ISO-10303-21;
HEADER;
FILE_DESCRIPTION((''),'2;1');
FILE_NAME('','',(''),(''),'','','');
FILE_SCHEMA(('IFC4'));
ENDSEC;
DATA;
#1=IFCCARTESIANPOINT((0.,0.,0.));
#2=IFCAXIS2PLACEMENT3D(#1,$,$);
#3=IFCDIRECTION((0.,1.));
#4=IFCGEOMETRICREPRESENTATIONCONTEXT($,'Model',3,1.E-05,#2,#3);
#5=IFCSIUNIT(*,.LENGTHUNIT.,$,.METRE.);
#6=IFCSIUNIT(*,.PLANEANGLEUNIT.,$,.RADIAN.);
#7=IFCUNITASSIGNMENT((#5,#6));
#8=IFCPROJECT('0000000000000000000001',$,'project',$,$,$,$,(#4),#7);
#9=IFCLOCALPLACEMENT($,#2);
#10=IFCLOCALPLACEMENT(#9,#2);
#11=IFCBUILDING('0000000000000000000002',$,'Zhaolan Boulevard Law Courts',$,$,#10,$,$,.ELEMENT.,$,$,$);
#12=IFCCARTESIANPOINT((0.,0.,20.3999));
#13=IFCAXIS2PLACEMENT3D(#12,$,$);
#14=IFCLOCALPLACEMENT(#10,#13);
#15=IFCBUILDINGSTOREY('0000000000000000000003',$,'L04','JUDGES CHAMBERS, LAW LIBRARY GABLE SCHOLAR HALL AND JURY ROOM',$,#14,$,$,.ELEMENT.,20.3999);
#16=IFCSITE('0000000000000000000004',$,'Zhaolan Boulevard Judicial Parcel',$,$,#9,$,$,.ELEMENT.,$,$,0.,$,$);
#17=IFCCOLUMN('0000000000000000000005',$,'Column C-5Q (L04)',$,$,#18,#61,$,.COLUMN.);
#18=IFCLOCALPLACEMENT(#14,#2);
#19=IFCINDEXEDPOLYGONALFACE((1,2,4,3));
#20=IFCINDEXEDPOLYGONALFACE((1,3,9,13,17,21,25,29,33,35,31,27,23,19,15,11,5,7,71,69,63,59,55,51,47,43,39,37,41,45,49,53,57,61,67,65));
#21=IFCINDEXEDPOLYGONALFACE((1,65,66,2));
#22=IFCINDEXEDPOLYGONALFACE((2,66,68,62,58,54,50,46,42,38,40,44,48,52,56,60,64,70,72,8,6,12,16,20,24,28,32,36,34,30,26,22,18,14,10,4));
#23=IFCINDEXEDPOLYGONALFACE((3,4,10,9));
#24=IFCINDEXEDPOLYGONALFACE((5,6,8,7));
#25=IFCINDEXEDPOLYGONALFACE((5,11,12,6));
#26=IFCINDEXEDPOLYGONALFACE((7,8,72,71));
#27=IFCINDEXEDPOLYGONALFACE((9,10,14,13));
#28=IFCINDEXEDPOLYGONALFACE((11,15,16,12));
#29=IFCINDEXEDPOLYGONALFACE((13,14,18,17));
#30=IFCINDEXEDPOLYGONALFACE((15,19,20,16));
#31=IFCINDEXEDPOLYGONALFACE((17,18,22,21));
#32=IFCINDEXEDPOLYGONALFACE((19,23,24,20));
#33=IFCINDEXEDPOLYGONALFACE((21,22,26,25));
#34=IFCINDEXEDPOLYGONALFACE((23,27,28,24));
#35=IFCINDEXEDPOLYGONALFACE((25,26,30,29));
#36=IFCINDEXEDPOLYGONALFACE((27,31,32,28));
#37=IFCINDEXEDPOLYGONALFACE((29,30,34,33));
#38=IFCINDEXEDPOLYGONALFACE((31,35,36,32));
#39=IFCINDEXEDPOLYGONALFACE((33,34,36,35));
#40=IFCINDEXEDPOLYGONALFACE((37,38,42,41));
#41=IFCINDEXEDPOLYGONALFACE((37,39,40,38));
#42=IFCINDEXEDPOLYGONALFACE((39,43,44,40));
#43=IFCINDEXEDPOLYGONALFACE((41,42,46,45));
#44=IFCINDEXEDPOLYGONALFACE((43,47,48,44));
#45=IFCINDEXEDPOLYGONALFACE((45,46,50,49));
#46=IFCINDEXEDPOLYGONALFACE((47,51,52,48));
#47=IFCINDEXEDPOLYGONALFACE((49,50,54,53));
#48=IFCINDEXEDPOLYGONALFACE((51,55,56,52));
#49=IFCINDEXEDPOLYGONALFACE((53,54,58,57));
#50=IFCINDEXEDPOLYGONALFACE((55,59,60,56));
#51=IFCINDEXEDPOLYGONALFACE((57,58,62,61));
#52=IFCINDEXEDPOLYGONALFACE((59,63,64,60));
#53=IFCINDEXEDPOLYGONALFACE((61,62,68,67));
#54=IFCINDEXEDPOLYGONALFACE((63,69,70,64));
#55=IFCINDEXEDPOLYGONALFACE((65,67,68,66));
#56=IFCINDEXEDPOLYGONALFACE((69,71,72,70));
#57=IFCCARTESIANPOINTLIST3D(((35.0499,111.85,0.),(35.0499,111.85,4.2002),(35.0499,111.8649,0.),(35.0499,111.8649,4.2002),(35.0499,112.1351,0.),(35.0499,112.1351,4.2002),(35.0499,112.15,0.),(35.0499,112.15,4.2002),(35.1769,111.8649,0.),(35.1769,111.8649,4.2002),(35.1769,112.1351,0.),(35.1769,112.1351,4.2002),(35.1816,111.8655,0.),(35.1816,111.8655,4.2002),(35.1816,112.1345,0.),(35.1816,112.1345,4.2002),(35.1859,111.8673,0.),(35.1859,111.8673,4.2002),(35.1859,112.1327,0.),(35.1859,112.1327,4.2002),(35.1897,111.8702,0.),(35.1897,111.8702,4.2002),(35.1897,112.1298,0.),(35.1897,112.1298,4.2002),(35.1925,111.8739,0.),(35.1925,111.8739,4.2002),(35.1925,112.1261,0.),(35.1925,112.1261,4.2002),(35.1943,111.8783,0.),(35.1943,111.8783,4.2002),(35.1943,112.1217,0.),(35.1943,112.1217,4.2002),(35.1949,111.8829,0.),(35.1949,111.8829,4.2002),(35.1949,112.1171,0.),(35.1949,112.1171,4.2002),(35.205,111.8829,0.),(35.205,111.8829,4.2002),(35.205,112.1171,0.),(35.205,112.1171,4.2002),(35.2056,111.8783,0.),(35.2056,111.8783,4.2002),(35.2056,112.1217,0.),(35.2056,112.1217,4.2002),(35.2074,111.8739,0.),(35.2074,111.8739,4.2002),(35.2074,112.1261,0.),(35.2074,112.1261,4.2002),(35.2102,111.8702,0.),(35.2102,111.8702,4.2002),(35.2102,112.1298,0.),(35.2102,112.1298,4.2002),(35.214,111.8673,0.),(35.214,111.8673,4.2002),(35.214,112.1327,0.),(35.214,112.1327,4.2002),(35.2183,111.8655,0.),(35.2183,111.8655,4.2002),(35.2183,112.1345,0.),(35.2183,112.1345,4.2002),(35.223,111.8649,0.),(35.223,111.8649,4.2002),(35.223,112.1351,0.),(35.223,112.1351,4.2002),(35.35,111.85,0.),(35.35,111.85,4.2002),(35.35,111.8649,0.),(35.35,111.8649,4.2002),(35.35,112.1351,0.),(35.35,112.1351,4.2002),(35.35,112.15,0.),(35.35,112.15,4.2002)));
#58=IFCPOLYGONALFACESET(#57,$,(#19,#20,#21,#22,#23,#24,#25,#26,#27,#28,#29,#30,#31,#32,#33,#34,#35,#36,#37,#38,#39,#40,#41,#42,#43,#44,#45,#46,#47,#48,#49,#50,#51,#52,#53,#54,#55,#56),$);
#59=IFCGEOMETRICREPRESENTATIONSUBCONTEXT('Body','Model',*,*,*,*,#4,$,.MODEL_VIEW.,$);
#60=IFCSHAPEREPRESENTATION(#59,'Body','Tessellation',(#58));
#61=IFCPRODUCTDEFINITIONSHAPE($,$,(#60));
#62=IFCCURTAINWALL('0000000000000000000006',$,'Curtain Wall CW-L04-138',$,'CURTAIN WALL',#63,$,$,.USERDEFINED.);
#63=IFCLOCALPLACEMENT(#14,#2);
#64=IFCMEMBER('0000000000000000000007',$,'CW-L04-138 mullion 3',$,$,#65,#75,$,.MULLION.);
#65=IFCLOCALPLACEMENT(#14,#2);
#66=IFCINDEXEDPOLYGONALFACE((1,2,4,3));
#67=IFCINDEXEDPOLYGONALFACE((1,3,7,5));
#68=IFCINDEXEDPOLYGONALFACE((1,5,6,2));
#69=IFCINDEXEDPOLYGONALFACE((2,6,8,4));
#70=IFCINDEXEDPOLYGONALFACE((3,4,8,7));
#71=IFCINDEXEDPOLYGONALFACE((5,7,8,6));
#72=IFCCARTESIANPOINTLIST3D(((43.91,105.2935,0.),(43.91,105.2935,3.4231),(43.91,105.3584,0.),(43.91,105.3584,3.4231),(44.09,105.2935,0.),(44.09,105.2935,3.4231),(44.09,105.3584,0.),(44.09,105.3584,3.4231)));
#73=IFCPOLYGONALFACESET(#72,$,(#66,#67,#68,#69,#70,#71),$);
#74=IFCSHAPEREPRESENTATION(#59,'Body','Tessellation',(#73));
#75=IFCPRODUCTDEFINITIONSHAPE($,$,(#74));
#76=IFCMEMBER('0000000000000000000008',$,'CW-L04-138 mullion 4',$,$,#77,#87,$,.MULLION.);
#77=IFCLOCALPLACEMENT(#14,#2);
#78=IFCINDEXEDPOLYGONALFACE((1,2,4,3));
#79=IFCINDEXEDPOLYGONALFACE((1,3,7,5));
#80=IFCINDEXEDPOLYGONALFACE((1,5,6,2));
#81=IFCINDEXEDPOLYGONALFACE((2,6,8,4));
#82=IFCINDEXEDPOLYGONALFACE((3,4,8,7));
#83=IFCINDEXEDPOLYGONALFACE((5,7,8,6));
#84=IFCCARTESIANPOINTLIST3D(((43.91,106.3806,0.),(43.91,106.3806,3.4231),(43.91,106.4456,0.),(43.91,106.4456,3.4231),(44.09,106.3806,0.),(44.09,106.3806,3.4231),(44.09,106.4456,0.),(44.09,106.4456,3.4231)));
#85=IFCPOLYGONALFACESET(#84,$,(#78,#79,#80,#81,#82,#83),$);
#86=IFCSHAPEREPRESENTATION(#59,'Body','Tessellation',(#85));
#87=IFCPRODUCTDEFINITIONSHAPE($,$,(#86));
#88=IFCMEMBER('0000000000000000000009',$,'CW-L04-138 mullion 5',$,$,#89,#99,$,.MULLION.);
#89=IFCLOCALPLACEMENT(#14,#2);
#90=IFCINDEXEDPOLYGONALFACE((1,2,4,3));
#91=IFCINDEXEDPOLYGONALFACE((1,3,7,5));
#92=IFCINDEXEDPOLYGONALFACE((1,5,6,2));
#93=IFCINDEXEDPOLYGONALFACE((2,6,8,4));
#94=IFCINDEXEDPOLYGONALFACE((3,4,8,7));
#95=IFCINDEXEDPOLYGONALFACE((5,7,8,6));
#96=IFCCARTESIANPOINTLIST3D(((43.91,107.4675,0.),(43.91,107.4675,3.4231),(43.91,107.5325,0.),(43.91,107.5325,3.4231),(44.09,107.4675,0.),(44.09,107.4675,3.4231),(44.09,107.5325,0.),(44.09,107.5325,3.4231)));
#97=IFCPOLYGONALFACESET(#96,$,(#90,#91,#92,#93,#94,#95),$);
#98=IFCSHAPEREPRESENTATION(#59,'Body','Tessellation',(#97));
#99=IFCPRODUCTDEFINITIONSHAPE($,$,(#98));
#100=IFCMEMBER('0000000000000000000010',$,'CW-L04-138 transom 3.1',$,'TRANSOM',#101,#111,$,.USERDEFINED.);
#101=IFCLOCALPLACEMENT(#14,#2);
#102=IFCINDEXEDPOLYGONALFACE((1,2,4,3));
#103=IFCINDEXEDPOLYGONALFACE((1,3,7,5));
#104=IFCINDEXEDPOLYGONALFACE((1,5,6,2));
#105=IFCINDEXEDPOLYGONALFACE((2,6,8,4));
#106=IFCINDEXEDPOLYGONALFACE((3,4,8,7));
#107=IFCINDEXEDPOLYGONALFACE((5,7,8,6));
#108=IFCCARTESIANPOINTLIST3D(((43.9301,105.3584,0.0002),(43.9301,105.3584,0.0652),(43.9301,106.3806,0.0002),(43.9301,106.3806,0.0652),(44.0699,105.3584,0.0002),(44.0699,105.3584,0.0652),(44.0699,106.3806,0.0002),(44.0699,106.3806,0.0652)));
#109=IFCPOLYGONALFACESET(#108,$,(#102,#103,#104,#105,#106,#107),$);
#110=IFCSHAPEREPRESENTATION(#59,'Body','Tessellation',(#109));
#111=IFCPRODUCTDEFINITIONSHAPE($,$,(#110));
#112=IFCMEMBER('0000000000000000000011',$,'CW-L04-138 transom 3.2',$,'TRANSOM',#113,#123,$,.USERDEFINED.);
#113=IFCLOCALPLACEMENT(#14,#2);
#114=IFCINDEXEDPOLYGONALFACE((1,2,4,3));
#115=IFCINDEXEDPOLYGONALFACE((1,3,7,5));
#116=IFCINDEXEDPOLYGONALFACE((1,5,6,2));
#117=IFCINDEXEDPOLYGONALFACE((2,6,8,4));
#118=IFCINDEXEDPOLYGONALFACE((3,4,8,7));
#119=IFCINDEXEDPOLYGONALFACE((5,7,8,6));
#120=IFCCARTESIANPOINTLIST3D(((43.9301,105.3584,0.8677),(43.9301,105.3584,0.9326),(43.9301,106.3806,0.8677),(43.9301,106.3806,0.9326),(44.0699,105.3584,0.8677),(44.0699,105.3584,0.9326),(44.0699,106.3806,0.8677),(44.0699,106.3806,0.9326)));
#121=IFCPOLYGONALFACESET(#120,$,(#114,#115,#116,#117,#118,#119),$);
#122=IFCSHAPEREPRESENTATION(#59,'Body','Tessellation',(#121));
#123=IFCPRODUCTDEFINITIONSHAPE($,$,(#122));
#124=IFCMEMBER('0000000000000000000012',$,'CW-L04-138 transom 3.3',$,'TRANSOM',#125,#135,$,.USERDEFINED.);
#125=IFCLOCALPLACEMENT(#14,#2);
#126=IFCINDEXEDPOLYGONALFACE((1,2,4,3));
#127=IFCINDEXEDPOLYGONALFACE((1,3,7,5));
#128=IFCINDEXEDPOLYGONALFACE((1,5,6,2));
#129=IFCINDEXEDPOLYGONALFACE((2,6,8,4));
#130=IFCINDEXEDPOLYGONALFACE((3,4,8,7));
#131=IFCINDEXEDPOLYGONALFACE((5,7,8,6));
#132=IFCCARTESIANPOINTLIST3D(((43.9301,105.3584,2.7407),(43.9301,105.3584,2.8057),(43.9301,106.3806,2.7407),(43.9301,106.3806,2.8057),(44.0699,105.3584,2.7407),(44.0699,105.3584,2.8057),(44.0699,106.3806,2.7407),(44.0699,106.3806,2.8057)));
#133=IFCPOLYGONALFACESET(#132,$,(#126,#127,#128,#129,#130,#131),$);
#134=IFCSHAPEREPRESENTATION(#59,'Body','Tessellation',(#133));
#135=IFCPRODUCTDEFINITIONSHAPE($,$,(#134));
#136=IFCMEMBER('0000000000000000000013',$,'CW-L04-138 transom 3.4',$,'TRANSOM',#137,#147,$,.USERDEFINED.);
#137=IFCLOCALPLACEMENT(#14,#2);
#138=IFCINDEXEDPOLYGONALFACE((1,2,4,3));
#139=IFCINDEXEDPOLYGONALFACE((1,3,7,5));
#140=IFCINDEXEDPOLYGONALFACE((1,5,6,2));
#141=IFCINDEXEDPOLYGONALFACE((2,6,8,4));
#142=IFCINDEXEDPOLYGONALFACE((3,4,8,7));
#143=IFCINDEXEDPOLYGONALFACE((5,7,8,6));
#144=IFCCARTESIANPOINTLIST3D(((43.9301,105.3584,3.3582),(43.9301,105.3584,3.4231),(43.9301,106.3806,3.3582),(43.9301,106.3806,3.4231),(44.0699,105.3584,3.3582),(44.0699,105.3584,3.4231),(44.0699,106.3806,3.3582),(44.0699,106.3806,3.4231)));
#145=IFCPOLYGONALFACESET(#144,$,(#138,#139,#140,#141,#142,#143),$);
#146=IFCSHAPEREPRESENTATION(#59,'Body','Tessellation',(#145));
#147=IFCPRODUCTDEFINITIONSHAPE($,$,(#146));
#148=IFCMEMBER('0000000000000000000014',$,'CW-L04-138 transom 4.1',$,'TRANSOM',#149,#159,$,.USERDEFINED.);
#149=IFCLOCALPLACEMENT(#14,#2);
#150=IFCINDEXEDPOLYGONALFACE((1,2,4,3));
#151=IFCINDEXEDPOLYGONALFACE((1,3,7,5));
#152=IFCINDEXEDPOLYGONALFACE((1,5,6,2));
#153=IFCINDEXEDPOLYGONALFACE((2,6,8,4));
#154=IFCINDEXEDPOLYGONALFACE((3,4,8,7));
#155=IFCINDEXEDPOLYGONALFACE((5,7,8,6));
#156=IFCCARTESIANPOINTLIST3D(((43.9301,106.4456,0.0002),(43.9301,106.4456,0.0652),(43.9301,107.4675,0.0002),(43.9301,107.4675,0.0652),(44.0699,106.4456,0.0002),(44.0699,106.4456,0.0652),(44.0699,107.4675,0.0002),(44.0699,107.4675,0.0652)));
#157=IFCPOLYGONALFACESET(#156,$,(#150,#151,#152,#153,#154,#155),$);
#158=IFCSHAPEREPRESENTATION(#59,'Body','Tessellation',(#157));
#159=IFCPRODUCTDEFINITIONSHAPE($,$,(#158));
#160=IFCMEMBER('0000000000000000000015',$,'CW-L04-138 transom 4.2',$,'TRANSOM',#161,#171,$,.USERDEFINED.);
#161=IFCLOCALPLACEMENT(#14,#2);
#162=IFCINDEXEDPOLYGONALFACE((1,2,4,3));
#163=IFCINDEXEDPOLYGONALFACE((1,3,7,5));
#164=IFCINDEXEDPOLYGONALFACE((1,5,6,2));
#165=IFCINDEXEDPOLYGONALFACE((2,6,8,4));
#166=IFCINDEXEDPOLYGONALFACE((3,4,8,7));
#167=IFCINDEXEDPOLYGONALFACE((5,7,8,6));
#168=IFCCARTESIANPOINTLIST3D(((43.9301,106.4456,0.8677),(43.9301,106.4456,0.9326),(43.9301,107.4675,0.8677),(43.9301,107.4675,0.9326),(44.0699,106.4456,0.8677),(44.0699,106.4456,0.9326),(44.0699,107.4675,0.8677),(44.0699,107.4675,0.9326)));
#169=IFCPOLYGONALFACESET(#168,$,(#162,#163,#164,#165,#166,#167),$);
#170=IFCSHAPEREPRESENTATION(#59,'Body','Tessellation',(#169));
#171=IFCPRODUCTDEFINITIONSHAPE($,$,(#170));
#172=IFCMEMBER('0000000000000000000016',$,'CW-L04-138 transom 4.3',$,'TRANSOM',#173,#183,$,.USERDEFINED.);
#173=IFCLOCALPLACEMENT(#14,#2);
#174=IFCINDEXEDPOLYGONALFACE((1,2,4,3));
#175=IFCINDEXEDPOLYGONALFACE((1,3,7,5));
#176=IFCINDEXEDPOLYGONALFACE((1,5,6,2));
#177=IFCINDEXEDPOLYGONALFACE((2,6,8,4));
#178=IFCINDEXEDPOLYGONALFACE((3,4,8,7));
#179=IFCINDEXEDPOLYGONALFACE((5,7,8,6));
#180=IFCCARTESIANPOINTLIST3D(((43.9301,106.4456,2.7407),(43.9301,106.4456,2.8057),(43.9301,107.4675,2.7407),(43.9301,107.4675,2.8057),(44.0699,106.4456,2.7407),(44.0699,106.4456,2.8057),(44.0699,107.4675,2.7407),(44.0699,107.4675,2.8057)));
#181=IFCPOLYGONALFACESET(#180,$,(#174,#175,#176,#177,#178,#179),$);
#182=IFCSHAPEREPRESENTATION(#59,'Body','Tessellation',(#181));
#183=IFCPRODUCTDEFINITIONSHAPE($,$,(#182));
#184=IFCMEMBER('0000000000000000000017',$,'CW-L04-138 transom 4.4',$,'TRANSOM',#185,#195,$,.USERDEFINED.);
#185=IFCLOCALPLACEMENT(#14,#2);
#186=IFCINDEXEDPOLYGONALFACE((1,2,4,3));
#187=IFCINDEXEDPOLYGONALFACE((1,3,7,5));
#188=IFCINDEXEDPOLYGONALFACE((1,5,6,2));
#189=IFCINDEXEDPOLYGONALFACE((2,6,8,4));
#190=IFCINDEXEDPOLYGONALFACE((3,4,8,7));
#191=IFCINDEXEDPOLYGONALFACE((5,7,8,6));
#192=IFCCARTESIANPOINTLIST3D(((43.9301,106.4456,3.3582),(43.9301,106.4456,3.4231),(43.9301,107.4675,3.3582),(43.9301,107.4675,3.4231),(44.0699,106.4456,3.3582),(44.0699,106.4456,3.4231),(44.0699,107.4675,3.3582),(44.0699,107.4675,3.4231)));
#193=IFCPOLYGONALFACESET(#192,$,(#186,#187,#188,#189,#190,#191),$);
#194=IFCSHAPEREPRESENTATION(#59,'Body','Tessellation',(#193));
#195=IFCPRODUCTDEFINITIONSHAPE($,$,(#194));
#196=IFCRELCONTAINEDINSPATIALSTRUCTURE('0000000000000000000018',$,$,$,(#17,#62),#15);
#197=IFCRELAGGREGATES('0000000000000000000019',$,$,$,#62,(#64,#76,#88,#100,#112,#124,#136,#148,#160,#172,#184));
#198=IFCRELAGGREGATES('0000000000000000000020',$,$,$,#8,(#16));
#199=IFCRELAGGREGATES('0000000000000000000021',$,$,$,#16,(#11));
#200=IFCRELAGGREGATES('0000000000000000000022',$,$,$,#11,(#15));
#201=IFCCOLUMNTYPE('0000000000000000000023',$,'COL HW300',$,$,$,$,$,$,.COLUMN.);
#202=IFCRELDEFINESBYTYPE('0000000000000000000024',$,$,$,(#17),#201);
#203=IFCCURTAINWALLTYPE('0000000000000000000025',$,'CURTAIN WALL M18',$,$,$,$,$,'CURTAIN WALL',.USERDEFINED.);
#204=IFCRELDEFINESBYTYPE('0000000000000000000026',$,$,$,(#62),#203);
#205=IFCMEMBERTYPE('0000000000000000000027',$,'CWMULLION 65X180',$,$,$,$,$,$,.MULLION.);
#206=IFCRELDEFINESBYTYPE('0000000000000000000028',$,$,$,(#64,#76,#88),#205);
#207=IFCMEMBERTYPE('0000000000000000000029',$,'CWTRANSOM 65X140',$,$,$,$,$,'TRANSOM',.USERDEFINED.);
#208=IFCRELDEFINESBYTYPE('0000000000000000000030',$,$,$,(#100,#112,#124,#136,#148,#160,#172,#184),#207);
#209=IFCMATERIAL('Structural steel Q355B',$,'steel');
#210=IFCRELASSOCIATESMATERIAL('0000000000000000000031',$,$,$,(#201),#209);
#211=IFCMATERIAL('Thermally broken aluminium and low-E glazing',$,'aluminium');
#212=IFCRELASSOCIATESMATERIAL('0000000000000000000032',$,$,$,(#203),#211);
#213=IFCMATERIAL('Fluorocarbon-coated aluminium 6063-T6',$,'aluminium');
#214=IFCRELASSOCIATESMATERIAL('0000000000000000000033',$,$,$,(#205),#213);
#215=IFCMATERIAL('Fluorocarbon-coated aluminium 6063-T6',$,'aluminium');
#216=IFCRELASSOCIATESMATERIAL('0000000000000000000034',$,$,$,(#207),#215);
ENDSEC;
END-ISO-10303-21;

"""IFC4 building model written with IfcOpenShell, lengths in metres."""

from ifc_helpers import new_model, si_unit, direction, frame, origin, origin_2d, place, context, subcontext, project, spatial, rectangle, i_section, extrude, material, material_profile, profile_set, type_object, element, aggregate, save


model = new_model("IFC4")

# Units and contexts
model_context = context("Model", 3, precision=1e-05, world=origin(), true_north=direction((0.0, 1.0)))
body_context = subcontext(model_context, "Body", "Model", "MODEL_VIEW")
ifc_project = project(units=[si_unit("LENGTHUNIT", "METRE"), si_unit("PLANEANGLEUNIT", "RADIAN")], contexts=[model_context])

# Site, building, storey
site_placement = place(None, origin())
site = spatial("IfcSite", under=ifc_project, at=site_placement, Name="Zhaolan Boulevard Judicial Parcel", CompositionType="ELEMENT", RefElevation=0.0)
building_placement = place(site_placement, origin())
building = spatial("IfcBuilding", under=site, at=building_placement, Name="Zhaolan Boulevard Law Courts", CompositionType="ELEMENT")
storey_placement = place(building_placement, frame((0.0, 0.0, 20.3999)))
storey = spatial("IfcBuildingStorey", under=building, at=storey_placement, Name="L04", Description="JUDGES CHAMBERS, LAW LIBRARY GABLE SCHOLAR HALL AND JURY ROOM", CompositionType="ELEMENT", Elevation=20.3999)

# Column
ifc_material_1 = material(Name="Structural steel Q355B", Category="steel")
ifc_material_profile_1 = material_profile(ifc_material_1, i_section(OverallWidth=0.3, OverallDepth=0.3, WebThickness=0.01, FlangeThickness=0.0149, FilletRadius=0.0181, at=origin_2d()), Name="HW300x300")
ifc_profile_set_1 = profile_set([ifc_material_profile_1], Name="Structural steel Q355B")
column_type = type_object("IfcColumnType", Name="COL HW300", PredefinedType="COLUMN", material=ifc_profile_set_1)
column_placement = place(storey_placement, frame((35.2, 112.0, 0.0), z_axis=(0.0, 0.0, 1.0), x_axis=(1.0, 0.0, 0.0)))
element("IfcColumn", 1, at=column_placement, inside=storey, type_object=column_type, Name="Column C-5Q (L04)", PredefinedType="COLUMN", context=body_context, shape_type="SweptSolid", body=[
    extrude(i_section(OverallWidth=0.3, OverallDepth=0.3, WebThickness=0.01, FlangeThickness=0.0149, FilletRadius=0.0181, at=origin_2d()), origin(), (0.0, 0.0, 1.0), 4.2002),
])

# Curtain wall, members
ifc_material_2 = material(Name="Thermally broken aluminium and low-E glazing", Category="aluminium")
curtain_wall_type = type_object("IfcCurtainWallType", Name="CURTAIN WALL M18", ElementType="CURTAIN WALL", PredefinedType="USERDEFINED", material=ifc_material_2)
curtain_wall_placement = place(storey_placement, origin())
curtain_wall = element("IfcCurtainWall", 2, at=curtain_wall_placement, inside=storey, type_object=curtain_wall_type, Name="Curtain Wall CW-L04-138", ObjectType="CURTAIN WALL", PredefinedType="USERDEFINED")
ifc_material_3 = material(Name="Fluorocarbon-coated aluminium 6063-T6", Category="aluminium")
ifc_material_profile_2 = material_profile(ifc_material_3, rectangle(XDim=0.1799, YDim=0.0649, at=origin_2d()), Name="AL65x180")
ifc_profile_set_2 = profile_set([ifc_material_profile_2], Name="Fluorocarbon-coated aluminium 6063-T6")
member_type_1 = type_object("IfcMemberType", Name="CWMULLION 65X180", PredefinedType="MULLION", material=ifc_profile_set_2)
member_1_placement = place(storey_placement, frame((44.0, 105.3259, 0.0), z_axis=(0.0, 0.0, 1.0), x_axis=(-1.0, 0.0, 0.0)))
member_1 = element("IfcMember", 3, at=member_1_placement, type_object=member_type_1, Name="CW-L04-138 mullion 3", PredefinedType="MULLION", context=body_context, shape_type="SweptSolid", body=[
    extrude(rectangle(XDim=0.1799, YDim=0.0649, at=origin_2d()), origin(), (0.0, 0.0, 1.0), 3.4231),
])
member_2_placement = place(storey_placement, frame((44.0, 106.4131, 0.0), z_axis=(0.0, 0.0, 1.0), x_axis=(-1.0, 0.0, 0.0)))
member_2 = element("IfcMember", 4, at=member_2_placement, type_object=member_type_1, Name="CW-L04-138 mullion 4", PredefinedType="MULLION", context=body_context, shape_type="SweptSolid", body=[
    extrude(rectangle(XDim=0.1799, YDim=0.0649, at=origin_2d()), origin(), (0.0, 0.0, 1.0), 3.4231),
])
member_3_placement = place(storey_placement, frame((44.0, 107.5, 0.0), z_axis=(0.0, 0.0, 1.0), x_axis=(-1.0, 0.0, 0.0)))
member_3 = element("IfcMember", 5, at=member_3_placement, type_object=member_type_1, Name="CW-L04-138 mullion 5", PredefinedType="MULLION", context=body_context, shape_type="SweptSolid", body=[
    extrude(rectangle(XDim=0.1799, YDim=0.0649, at=origin_2d()), origin(), (0.0, 0.0, 1.0), 3.4231),
])
ifc_material_4 = material(Name="Fluorocarbon-coated aluminium 6063-T6", Category="aluminium")
ifc_material_profile_3 = material_profile(ifc_material_4, rectangle(XDim=0.1399, YDim=0.0649, at=origin_2d()), Name="AL65x140")
ifc_profile_set_3 = profile_set([ifc_material_profile_3], Name="Fluorocarbon-coated aluminium 6063-T6")
member_type_2 = type_object("IfcMemberType", Name="CWTRANSOM 65X140", ElementType="TRANSOM", PredefinedType="USERDEFINED", material=ifc_profile_set_3)
member_4_placement = place(storey_placement, frame((44.0, 105.3584, 0.0327), z_axis=(0.0, 1.0, 0.0), x_axis=(-1.0, 0.0, 0.0)))
member_4 = element("IfcMember", 6, at=member_4_placement, type_object=member_type_2, Name="CW-L04-138 transom 3.1", ObjectType="TRANSOM", PredefinedType="USERDEFINED", context=body_context, shape_type="SweptSolid", body=[
    extrude(rectangle(XDim=0.1399, YDim=0.0649, at=origin_2d()), origin(), (0.0, 0.0, 1.0), 1.0222),
])
member_5_placement = place(storey_placement, frame((44.0, 105.3584, 0.9001), z_axis=(0.0, 1.0, 0.0), x_axis=(-1.0, 0.0, 0.0)))
member_5 = element("IfcMember", 7, at=member_5_placement, type_object=member_type_2, Name="CW-L04-138 transom 3.2", ObjectType="TRANSOM", PredefinedType="USERDEFINED", context=body_context, shape_type="SweptSolid", body=[
    extrude(rectangle(XDim=0.1399, YDim=0.0649, at=origin_2d()), origin(), (0.0, 0.0, 1.0), 1.0222),
])
member_6_placement = place(storey_placement, frame((44.0, 105.3584, 2.7732), z_axis=(0.0, 1.0, 0.0), x_axis=(-1.0, 0.0, 0.0)))
member_6 = element("IfcMember", 8, at=member_6_placement, type_object=member_type_2, Name="CW-L04-138 transom 3.3", ObjectType="TRANSOM", PredefinedType="USERDEFINED", context=body_context, shape_type="SweptSolid", body=[
    extrude(rectangle(XDim=0.1399, YDim=0.0649, at=origin_2d()), origin(), (0.0, 0.0, 1.0), 1.0222),
])
member_7_placement = place(storey_placement, frame((44.0, 105.3584, 3.3906), z_axis=(0.0, 1.0, 0.0), x_axis=(-1.0, 0.0, 0.0)))
member_7 = element("IfcMember", 9, at=member_7_placement, type_object=member_type_2, Name="CW-L04-138 transom 3.4", ObjectType="TRANSOM", PredefinedType="USERDEFINED", context=body_context, shape_type="SweptSolid", body=[
    extrude(rectangle(XDim=0.1399, YDim=0.0649, at=origin_2d()), origin(), (0.0, 0.0, 1.0), 1.0222),
])
member_8_placement = place(storey_placement, frame((44.0, 106.4456, 0.0327), z_axis=(0.0, 1.0, 0.0), x_axis=(-1.0, 0.0, 0.0)))
member_8 = element("IfcMember", 10, at=member_8_placement, type_object=member_type_2, Name="CW-L04-138 transom 4.1", ObjectType="TRANSOM", PredefinedType="USERDEFINED", context=body_context, shape_type="SweptSolid", body=[
    extrude(rectangle(XDim=0.1399, YDim=0.0649, at=origin_2d()), origin(), (0.0, 0.0, 1.0), 1.022),
])
member_9_placement = place(storey_placement, frame((44.0, 106.4456, 0.9001), z_axis=(0.0, 1.0, 0.0), x_axis=(-1.0, 0.0, 0.0)))
member_9 = element("IfcMember", 11, at=member_9_placement, type_object=member_type_2, Name="CW-L04-138 transom 4.2", ObjectType="TRANSOM", PredefinedType="USERDEFINED", context=body_context, shape_type="SweptSolid", body=[
    extrude(rectangle(XDim=0.1399, YDim=0.0649, at=origin_2d()), origin(), (0.0, 0.0, 1.0), 1.022),
])
member_10_placement = place(storey_placement, frame((44.0, 106.4456, 2.7732), z_axis=(0.0, 1.0, 0.0), x_axis=(-1.0, 0.0, 0.0)))
member_10 = element("IfcMember", 12, at=member_10_placement, type_object=member_type_2, Name="CW-L04-138 transom 4.3", ObjectType="TRANSOM", PredefinedType="USERDEFINED", context=body_context, shape_type="SweptSolid", body=[
    extrude(rectangle(XDim=0.1399, YDim=0.0649, at=origin_2d()), origin(), (0.0, 0.0, 1.0), 1.022),
])
member_11_placement = place(storey_placement, frame((44.0, 106.4456, 3.3906), z_axis=(0.0, 1.0, 0.0), x_axis=(-1.0, 0.0, 0.0)))
member_11 = element("IfcMember", 13, at=member_11_placement, type_object=member_type_2, Name="CW-L04-138 transom 4.4", ObjectType="TRANSOM", PredefinedType="USERDEFINED", context=body_context, shape_type="SweptSolid", body=[
    extrude(rectangle(XDim=0.1399, YDim=0.0649, at=origin_2d()), origin(), (0.0, 0.0, 1.0), 1.022),
])

aggregate(curtain_wall, [member_1, member_2, member_3, member_4, member_5, member_6, member_7, member_8, member_9, member_10, member_11])

save(model, "model.ifc")
